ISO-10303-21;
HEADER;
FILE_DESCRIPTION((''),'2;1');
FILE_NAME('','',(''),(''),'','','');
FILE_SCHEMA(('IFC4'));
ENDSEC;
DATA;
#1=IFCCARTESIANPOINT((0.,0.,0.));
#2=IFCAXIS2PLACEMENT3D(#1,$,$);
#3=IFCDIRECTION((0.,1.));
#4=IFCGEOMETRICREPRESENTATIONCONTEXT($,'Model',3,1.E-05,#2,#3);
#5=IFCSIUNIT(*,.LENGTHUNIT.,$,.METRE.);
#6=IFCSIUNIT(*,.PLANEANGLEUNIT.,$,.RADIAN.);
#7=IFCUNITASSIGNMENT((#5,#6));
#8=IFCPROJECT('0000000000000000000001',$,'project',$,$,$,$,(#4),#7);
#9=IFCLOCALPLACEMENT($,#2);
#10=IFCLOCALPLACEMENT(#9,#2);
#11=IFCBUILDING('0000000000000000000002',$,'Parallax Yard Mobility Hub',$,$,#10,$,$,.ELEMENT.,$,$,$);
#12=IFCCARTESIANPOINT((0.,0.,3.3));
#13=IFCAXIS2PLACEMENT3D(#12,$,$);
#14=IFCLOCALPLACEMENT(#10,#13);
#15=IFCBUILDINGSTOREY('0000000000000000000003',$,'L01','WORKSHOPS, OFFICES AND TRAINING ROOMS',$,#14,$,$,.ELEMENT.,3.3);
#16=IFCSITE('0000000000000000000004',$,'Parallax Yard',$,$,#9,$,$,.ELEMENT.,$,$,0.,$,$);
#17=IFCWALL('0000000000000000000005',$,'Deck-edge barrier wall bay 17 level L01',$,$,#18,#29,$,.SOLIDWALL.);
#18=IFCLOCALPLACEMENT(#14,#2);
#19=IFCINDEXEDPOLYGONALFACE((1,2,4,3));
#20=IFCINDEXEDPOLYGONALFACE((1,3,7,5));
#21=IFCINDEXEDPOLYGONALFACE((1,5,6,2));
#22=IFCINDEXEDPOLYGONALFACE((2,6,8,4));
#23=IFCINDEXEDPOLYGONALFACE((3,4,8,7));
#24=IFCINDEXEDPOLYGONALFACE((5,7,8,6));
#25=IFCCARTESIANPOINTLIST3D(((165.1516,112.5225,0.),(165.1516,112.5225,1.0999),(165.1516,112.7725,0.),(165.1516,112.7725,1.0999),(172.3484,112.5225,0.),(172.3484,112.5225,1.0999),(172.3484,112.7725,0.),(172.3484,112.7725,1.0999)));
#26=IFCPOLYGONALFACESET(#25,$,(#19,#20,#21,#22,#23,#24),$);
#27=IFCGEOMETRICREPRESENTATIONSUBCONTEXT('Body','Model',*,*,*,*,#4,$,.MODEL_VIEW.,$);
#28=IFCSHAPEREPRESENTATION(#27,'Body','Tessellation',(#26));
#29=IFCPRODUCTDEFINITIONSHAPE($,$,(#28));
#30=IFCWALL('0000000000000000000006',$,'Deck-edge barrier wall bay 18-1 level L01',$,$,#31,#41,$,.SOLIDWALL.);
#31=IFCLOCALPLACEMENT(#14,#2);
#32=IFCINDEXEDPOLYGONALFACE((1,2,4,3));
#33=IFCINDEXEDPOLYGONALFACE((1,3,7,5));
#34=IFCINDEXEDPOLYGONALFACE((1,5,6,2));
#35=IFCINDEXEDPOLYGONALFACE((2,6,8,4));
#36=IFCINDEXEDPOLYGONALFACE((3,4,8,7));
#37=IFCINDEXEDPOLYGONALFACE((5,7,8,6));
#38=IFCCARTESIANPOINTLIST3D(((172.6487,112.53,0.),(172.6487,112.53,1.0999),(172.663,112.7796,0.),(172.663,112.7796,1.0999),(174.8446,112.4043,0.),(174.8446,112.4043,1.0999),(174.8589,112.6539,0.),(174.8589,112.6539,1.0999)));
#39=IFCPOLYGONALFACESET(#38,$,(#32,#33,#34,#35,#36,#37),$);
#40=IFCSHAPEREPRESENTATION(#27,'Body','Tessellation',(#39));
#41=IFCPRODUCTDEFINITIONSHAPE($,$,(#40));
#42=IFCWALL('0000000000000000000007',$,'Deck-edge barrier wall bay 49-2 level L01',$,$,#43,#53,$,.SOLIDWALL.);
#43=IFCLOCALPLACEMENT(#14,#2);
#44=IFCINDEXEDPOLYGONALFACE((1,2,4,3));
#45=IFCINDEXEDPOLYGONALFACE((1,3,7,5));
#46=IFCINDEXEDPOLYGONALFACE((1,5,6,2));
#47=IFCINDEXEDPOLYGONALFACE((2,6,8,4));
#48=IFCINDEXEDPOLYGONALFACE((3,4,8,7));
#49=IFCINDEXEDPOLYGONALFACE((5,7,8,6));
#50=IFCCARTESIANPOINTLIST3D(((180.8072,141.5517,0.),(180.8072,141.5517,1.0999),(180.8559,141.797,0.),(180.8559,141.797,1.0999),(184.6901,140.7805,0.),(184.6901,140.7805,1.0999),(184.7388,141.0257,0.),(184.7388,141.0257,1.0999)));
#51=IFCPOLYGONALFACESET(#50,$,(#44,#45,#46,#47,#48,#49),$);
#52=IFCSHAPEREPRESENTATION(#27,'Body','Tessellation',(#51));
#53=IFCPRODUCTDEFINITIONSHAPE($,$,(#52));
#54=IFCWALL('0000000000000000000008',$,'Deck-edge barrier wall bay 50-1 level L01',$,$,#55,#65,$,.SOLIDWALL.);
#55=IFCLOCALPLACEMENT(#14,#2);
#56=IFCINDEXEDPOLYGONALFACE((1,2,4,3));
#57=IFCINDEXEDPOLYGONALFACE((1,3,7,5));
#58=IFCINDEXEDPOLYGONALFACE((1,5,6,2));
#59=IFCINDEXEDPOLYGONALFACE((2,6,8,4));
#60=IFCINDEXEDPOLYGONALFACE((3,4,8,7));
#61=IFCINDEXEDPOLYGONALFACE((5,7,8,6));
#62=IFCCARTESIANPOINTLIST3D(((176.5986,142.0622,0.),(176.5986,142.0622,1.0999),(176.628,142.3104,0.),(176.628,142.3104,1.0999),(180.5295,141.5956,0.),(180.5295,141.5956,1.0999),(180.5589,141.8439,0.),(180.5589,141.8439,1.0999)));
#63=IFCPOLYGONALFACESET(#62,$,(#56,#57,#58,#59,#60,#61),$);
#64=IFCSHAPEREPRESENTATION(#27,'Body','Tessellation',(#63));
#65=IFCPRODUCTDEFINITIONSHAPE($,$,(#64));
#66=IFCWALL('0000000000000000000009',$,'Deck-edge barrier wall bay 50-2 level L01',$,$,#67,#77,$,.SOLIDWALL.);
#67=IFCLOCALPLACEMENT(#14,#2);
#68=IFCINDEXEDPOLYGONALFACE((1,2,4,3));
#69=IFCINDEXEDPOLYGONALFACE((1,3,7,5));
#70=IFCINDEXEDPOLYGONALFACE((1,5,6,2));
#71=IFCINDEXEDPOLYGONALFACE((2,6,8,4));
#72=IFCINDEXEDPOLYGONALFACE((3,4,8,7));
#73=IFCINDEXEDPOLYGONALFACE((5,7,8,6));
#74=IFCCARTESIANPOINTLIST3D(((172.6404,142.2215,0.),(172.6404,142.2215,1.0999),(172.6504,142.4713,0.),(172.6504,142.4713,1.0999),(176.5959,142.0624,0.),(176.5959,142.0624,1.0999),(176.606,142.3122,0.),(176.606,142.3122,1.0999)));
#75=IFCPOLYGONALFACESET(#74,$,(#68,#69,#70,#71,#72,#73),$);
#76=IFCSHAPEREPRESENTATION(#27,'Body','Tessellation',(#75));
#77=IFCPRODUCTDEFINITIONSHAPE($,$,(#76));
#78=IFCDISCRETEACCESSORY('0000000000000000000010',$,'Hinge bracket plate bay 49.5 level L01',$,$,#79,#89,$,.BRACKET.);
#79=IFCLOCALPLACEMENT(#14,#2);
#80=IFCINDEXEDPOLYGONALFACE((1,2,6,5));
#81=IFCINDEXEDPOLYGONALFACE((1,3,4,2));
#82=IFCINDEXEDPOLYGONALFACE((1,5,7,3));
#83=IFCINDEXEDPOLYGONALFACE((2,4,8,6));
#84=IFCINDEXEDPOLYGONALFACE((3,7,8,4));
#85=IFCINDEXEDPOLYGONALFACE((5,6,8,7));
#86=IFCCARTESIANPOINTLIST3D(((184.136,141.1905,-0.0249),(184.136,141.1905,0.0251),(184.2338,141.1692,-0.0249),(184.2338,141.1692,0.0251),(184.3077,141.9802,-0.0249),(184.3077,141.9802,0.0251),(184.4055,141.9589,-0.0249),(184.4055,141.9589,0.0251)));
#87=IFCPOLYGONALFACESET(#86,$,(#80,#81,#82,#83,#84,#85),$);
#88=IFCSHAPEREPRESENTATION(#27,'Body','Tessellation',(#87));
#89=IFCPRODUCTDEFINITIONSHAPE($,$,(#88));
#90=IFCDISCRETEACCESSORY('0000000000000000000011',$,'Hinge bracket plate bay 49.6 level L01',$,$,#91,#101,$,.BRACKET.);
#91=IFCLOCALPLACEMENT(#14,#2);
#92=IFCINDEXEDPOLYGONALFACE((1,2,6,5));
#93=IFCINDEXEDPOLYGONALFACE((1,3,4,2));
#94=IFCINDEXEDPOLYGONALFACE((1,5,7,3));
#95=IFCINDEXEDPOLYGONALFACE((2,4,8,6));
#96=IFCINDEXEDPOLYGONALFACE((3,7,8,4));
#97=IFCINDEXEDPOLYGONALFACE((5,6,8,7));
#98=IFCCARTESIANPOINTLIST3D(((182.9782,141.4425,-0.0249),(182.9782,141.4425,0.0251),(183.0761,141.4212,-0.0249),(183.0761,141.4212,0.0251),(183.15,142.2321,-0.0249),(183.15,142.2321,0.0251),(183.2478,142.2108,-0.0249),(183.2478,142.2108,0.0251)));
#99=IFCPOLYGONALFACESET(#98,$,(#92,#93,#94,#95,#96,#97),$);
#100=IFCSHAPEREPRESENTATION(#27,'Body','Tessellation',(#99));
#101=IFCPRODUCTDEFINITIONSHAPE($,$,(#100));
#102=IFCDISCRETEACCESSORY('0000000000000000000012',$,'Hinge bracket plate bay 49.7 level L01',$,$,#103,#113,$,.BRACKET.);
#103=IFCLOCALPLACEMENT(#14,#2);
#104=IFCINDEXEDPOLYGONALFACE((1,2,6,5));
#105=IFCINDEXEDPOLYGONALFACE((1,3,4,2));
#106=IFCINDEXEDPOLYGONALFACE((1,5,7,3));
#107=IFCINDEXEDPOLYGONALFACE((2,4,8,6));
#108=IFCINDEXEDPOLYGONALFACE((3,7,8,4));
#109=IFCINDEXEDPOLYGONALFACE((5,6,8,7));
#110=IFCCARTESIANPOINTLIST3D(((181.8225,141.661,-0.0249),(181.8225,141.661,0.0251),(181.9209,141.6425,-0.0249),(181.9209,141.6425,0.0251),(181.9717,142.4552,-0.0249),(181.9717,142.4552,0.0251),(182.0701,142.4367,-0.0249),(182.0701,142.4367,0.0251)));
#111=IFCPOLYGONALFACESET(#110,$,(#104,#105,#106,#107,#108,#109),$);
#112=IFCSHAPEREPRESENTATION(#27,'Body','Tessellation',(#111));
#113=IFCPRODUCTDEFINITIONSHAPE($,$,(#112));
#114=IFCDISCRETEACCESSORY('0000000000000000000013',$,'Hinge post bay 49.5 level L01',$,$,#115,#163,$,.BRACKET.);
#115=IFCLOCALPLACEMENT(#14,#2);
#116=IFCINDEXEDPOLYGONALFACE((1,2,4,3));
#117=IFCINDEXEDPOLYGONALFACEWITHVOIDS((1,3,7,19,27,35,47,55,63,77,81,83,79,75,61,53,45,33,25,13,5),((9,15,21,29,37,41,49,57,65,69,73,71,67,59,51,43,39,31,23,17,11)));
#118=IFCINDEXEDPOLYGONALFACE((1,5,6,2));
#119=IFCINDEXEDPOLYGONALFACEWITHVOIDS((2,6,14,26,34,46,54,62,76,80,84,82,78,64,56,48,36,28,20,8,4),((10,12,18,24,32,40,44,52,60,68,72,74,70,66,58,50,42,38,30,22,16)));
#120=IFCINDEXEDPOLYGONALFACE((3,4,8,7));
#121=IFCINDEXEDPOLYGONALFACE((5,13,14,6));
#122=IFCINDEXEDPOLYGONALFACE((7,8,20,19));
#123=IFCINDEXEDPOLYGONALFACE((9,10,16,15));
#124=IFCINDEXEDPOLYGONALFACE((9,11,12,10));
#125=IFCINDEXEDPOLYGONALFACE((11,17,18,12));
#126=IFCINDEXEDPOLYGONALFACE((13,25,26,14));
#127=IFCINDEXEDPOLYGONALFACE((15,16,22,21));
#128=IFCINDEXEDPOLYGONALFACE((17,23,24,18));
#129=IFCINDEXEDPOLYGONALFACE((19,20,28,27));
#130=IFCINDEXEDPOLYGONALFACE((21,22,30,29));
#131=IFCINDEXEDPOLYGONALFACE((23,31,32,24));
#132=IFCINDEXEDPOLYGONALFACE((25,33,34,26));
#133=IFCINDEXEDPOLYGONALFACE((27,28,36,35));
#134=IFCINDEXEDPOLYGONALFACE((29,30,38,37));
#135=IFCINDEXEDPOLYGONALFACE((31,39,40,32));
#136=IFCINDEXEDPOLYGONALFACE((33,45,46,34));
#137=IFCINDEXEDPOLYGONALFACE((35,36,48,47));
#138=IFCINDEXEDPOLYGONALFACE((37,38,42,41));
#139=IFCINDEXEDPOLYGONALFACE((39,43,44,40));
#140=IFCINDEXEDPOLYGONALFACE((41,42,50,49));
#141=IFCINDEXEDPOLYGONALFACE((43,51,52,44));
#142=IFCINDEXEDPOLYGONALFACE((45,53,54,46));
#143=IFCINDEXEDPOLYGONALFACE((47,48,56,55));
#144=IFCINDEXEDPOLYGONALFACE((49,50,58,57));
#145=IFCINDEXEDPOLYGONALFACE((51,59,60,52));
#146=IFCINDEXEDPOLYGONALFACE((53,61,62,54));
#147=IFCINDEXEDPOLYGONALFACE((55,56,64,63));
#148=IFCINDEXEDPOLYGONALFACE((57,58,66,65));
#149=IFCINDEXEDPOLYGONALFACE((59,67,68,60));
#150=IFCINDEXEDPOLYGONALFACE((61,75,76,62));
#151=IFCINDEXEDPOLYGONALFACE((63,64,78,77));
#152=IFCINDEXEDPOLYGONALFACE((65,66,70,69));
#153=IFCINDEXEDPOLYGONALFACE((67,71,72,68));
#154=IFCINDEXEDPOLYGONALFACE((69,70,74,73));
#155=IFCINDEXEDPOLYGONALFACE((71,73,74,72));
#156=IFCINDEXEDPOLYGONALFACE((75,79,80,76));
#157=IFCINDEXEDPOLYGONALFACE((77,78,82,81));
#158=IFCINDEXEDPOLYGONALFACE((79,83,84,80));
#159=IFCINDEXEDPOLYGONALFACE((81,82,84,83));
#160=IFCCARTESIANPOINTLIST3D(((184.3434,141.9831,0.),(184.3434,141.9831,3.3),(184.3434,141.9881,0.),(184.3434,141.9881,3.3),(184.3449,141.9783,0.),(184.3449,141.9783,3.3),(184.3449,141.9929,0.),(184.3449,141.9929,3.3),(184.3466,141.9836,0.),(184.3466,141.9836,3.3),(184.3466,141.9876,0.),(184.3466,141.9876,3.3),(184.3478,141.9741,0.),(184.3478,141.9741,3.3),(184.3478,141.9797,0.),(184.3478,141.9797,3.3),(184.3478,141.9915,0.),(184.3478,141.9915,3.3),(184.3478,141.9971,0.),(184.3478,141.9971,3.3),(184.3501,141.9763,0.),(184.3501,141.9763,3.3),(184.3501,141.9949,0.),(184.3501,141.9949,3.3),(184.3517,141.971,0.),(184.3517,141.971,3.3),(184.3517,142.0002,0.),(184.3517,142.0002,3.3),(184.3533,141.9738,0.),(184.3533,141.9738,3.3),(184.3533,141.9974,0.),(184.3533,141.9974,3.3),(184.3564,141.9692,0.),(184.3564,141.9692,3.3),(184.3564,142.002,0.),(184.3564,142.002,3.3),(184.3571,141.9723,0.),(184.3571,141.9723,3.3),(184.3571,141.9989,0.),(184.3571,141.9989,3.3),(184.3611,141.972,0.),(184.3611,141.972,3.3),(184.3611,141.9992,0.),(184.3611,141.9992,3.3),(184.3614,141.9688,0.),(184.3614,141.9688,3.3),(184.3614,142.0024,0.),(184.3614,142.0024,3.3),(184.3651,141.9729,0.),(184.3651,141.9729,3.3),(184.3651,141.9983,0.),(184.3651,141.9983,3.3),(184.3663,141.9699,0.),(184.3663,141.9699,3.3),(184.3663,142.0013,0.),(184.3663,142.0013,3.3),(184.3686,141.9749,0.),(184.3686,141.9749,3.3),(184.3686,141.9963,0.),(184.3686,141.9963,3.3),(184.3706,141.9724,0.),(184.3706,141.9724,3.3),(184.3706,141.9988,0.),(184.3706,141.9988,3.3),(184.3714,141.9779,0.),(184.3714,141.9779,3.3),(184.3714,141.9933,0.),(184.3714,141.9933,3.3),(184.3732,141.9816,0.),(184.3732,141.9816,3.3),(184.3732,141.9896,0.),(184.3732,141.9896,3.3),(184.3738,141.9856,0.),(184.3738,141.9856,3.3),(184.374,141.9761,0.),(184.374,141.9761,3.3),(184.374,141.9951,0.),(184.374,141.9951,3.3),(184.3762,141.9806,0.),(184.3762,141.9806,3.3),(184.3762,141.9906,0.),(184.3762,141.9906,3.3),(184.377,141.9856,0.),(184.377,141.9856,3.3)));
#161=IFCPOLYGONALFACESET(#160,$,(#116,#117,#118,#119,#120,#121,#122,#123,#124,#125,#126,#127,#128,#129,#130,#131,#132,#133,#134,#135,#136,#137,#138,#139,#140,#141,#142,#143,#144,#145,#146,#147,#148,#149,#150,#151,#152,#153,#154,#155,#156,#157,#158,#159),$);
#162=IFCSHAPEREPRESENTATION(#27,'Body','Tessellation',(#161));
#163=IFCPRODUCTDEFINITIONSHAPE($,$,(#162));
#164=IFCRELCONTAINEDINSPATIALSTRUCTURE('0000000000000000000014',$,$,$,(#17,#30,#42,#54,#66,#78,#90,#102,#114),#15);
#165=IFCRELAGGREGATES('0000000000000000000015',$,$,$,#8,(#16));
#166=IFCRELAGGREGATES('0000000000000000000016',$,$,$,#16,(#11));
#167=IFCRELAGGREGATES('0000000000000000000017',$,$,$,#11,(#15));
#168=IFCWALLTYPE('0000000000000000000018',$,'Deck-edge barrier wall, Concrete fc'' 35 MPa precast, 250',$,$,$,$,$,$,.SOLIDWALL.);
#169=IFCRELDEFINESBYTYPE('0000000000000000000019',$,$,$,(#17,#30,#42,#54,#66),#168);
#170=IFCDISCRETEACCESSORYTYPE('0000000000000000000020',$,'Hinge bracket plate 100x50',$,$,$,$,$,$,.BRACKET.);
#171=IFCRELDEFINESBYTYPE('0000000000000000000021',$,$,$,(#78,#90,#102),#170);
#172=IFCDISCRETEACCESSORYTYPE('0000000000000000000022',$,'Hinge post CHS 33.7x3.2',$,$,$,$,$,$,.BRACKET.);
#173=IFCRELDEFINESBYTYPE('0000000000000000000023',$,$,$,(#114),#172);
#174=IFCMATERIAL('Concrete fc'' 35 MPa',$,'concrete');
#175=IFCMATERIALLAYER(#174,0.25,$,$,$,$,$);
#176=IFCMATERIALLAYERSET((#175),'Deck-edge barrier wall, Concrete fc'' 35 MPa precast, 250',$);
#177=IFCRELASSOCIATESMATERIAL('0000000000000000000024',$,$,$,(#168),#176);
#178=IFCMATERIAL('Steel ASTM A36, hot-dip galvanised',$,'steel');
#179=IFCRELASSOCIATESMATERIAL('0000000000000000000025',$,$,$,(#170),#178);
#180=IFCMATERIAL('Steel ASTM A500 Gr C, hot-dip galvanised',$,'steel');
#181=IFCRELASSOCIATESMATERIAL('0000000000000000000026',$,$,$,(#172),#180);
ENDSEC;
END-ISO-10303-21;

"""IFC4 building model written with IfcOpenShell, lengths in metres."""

from ifc_helpers import new_model, si_unit, direction, frame, frame_2d, origin, origin_2d, place, context, subcontext, project, spatial, rectangle, hollow_circle, extrude, material, layer, layer_set, material_profile, profile_set, type_object, element, save


model = new_model("IFC4")

# Units and contexts
model_context = context("Model", 3, precision=1e-05, world=origin(), true_north=direction((0.0, 1.0)))
body_context = subcontext(model_context, "Body", "Model", "MODEL_VIEW")
ifc_project = project(units=[si_unit("LENGTHUNIT", "METRE"), si_unit("PLANEANGLEUNIT", "RADIAN")], contexts=[model_context])

# Site, building, storey
site_placement = place(None, origin())
site = spatial("IfcSite", under=ifc_project, at=site_placement, Name="Parallax Yard", CompositionType="ELEMENT", RefElevation=0.0)
building_placement = place(site_placement, origin())
building = spatial("IfcBuilding", under=site, at=building_placement, Name="Parallax Yard Mobility Hub", CompositionType="ELEMENT")
storey_placement = place(building_placement, frame((0.0, 0.0, 3.3)))
storey = spatial("IfcBuildingStorey", under=building, at=storey_placement, Name="L01", Description="WORKSHOPS, OFFICES AND TRAINING ROOMS", CompositionType="ELEMENT", Elevation=3.3)

# Walls
ifc_material_1 = material(Name="Concrete fc' 35 MPa", Category="concrete")
ifc_layer = layer(ifc_material_1, 0.25)
ifc_layer_set = layer_set([ifc_layer], Name="Deck-edge barrier wall, Concrete fc' 35 MPa precast, 250")
wall_type = type_object("IfcWallType", Name="Deck-edge barrier wall, Concrete fc' 35 MPa precast, 250", PredefinedType="SOLIDWALL", material=ifc_layer_set)
wall_1_placement = place(storey_placement, frame((165.1516, 112.6475, 0.0), z_axis=(0.0, 0.0, 1.0), x_axis=(1.0, 0.0, 0.0)))
element("IfcWall", 1, at=wall_1_placement, inside=storey, type_object=wall_type, Name="Deck-edge barrier wall bay 17 level L01", PredefinedType="SOLIDWALL", context=body_context, shape_type="SweptSolid", body=[
    extrude(rectangle(XDim=7.1968, YDim=0.25, at=frame_2d((3.5984, 0.0))), origin(), (0.0, 0.0, 1.0), 1.0999),
])
wall_2_placement = place(storey_placement, frame((172.656, 112.6548, 0.0), z_axis=(0.0, 0.0, 1.0), x_axis=(0.998365, -0.057167, 0.0)))
element("IfcWall", 2, at=wall_2_placement, inside=storey, type_object=wall_type, Name="Deck-edge barrier wall bay 18-1 level L01", PredefinedType="SOLIDWALL", context=body_context, shape_type="SweptSolid", body=[
    extrude(rectangle(XDim=2.1995, YDim=0.25, at=frame_2d((1.0996, 0.0))), origin(), (0.0, 0.0, 1.0), 1.0999),
])
wall_3_placement = place(storey_placement, frame((184.7146, 140.9031, 0.0), z_axis=(0.0, 0.0, 1.0), x_axis=(-0.980838, 0.194823, 0.0)))
element("IfcWall", 3, at=wall_3_placement, inside=storey, type_object=wall_type, Name="Deck-edge barrier wall bay 49-2 level L01", PredefinedType="SOLIDWALL", context=body_context, shape_type="SweptSolid", body=[
    extrude(rectangle(XDim=3.9587, YDim=0.25, at=frame_2d((1.9795, 0.0))), origin(), (0.0, 0.0, 1.0), 1.0999),
])
wall_4_placement = place(storey_placement, frame((180.5442, 141.7197, 0.0), z_axis=(0.0, 0.0, 1.0), x_axis=(-0.99303, 0.117861, 0.0)))
element("IfcWall", 4, at=wall_4_placement, inside=storey, type_object=wall_type, Name="Deck-edge barrier wall bay 50-1 level L01", PredefinedType="SOLIDWALL", context=body_context, shape_type="SweptSolid", body=[
    extrude(rectangle(XDim=3.9585, YDim=0.25, at=frame_2d((1.9792, 0.0))), origin(), (0.0, 0.0, 1.0), 1.0999),
])
wall_5_placement = place(storey_placement, frame((176.6011, 142.1873, 0.0), z_axis=(0.0, 0.0, 1.0), x_axis=(-0.999191, 0.040209, 0.0)))
element("IfcWall", 5, at=wall_5_placement, inside=storey, type_object=wall_type, Name="Deck-edge barrier wall bay 50-2 level L01", PredefinedType="SOLIDWALL", context=body_context, shape_type="SweptSolid", body=[
    extrude(rectangle(XDim=3.9587, YDim=0.25, at=frame_2d((1.9795, 0.0))), origin(), (0.0, 0.0, 1.0), 1.0999),
])

# Discrete accessories
ifc_material_2 = material(Name="Steel ASTM A36, hot-dip galvanised", Category="steel")
discrete_accessory_type_1 = type_object("IfcDiscreteAccessoryType", Name="Hinge bracket plate 100x50", PredefinedType="BRACKET", material=ifc_material_2)
for number, where, z_axis, x_axis, name in (
    (6, (184.2708, 141.5747, -0.0249), (0.0, 0.0, 1.0), (0.212565, 0.977147, 0.0), "Hinge bracket plate bay 49.5 level L01"),
    (7, (183.113, 141.8267, -0.0249), (0.0, 0.0, 1.0), (0.212565, 0.977147, 0.0), "Hinge bracket plate bay 49.6 level L01"),
    (8, (181.9463, 142.0488, -0.0249), (0.0, 0.0, 1.0), (0.184576, 0.982818, 0.0), "Hinge bracket plate bay 49.7 level L01"),
):
    element("IfcDiscreteAccessory", number, at=place(storey_placement, frame(where, z_axis=z_axis, x_axis=x_axis)), inside=storey, type_object=discrete_accessory_type_1, Name=name, PredefinedType="BRACKET", context=body_context, shape_type="SweptSolid", body=[
        extrude(rectangle(XDim=0.8081, YDim=0.1001, at=origin_2d()), origin(), (0.0, 0.0, 1.0), 0.05),
    ])
ifc_material_3 = material(Name="Steel ASTM A500 Gr C, hot-dip galvanised", Category="steel")
ifc_material_profile_1 = material_profile(ifc_material_3, hollow_circle(Radius=0.0168, WallThickness=0.0032, at=origin_2d()), Name="CHS 33.7x3.2")
ifc_profile_set_1 = profile_set([ifc_material_profile_1], Name="Steel ASTM A500 Gr C, hot-dip galvanised")
discrete_accessory_type_2 = type_object("IfcDiscreteAccessoryType", Name="Hinge post CHS 33.7x3.2", PredefinedType="BRACKET", material=ifc_profile_set_1)
for number, where, z_axis, x_axis, name in (
    (9, (184.3601, 141.9856, 0.0), (0.0, 0.0, 1.0), (1.0, 0.0, 0.0), "Hinge post bay 49.5 level L01"),
):
    element("IfcDiscreteAccessory", number, at=place(storey_placement, frame(where, z_axis=z_axis, x_axis=x_axis)), inside=storey, type_object=discrete_accessory_type_2, Name=name, PredefinedType="BRACKET", context=body_context, shape_type="SweptSolid", body=[
        extrude(hollow_circle(Radius=0.0168, WallThickness=0.0032, at=origin_2d()), origin(), (0.0, 0.0, 1.0), 3.3),
    ])

save(model, "model.ifc")
